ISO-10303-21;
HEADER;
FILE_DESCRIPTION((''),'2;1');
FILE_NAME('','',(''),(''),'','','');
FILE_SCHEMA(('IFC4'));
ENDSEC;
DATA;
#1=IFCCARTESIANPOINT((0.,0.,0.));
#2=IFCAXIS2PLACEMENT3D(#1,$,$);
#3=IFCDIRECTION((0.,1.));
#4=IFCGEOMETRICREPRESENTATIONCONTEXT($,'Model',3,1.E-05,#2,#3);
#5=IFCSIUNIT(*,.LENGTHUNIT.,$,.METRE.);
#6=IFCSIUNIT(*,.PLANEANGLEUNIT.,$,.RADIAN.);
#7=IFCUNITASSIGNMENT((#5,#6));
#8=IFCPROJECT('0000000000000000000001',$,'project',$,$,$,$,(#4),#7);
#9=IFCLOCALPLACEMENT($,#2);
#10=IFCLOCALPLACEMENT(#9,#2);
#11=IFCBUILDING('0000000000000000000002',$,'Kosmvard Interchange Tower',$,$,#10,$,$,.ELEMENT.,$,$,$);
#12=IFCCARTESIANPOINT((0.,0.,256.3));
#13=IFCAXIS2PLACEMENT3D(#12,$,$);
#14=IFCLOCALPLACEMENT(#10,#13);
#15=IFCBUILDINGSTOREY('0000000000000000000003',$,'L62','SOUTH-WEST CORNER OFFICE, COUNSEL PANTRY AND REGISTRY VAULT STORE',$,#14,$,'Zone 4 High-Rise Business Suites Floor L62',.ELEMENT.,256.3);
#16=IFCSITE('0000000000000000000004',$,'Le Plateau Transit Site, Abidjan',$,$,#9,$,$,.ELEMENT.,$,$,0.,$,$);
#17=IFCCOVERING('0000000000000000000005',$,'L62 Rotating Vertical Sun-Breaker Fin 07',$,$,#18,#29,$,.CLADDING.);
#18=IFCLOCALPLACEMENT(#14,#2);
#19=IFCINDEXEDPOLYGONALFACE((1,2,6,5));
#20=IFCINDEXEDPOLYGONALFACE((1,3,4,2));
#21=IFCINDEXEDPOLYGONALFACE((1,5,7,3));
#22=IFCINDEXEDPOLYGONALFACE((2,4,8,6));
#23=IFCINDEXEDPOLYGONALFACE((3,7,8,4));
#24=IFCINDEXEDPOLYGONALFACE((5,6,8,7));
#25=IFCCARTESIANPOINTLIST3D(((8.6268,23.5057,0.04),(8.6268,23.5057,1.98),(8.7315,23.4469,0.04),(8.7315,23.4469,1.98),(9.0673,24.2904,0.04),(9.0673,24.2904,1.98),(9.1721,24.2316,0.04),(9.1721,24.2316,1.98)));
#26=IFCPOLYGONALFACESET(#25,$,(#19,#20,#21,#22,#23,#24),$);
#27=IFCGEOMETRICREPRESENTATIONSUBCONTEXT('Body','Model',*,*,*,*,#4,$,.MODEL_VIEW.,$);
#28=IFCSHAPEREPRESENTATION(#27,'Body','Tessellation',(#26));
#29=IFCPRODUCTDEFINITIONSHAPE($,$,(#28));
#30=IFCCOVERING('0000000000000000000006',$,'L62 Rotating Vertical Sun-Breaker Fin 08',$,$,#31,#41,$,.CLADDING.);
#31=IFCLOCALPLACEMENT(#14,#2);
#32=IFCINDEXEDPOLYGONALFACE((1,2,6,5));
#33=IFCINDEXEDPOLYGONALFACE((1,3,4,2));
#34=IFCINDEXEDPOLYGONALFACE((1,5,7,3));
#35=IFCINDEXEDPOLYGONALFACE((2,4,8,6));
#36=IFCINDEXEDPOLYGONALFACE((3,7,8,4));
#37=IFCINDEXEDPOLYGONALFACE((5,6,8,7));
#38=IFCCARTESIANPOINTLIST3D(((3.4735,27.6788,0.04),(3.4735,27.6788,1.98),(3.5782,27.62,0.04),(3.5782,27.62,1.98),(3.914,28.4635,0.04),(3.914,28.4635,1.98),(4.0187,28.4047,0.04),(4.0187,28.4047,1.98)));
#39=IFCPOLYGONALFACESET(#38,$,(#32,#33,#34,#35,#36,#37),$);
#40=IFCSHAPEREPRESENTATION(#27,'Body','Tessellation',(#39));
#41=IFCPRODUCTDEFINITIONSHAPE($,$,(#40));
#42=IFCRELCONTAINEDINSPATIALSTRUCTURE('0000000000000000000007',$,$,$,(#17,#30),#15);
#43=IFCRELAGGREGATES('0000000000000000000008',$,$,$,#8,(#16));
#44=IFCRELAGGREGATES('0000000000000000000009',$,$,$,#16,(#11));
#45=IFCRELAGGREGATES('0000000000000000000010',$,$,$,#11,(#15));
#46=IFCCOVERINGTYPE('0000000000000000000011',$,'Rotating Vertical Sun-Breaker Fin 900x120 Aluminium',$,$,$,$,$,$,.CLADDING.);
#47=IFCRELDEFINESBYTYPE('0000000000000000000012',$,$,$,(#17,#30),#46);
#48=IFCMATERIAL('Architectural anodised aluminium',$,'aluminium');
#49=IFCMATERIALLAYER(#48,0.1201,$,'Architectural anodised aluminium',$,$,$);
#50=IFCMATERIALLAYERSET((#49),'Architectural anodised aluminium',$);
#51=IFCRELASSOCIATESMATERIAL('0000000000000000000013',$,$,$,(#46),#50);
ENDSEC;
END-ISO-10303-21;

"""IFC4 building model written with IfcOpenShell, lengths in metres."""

from ifc_helpers import new_model, si_unit, direction, frame, origin, origin_2d, place, context, subcontext, project, spatial, rectangle, extrude, source, transform, mapped, material, layer, layer_set, type_object, element, save


model = new_model("IFC4")

# Units and contexts
model_context = context("Model", 3, precision=1e-05, world=origin(), true_north=direction((0.0, 1.0)))
body_context = subcontext(model_context, "Body", "Model", "MODEL_VIEW")
ifc_project = project(units=[si_unit("LENGTHUNIT", "METRE"), si_unit("PLANEANGLEUNIT", "RADIAN")], contexts=[model_context])

# Site, building, storey
site_placement = place(None, origin())
site = spatial("IfcSite", under=ifc_project, at=site_placement, Name="Le Plateau Transit Site, Abidjan", CompositionType="ELEMENT", RefElevation=0.0)
building_placement = place(site_placement, origin())
building = spatial("IfcBuilding", under=site, at=building_placement, Name="Kosmvard Interchange Tower", CompositionType="ELEMENT")
storey_placement = place(building_placement, frame((0.0, 0.0, 256.3)))
storey = spatial("IfcBuildingStorey", under=building, at=storey_placement, Name="L62", Description="SOUTH-WEST CORNER OFFICE, COUNSEL PANTRY AND REGISTRY VAULT STORE", LongName="Zone 4 High-Rise Business Suites Floor L62", CompositionType="ELEMENT", Elevation=256.3)

# Coverings
ifc_material_1 = material(Name="Architectural anodised aluminium", Category="aluminium")
ifc_layer_1 = layer(ifc_material_1, 0.1201, Name="Architectural anodised aluminium")
ifc_layer_set_1 = layer_set([ifc_layer_1], Name="Architectural anodised aluminium")
covering_type = type_object("IfcCoveringType", Name="Rotating Vertical Sun-Breaker Fin 900x120 Aluminium", PredefinedType="CLADDING", material=ifc_layer_set_1)
shared_shape_1 = source(origin(), body_context, "Body", "SweptSolid", [
    extrude(rectangle(XDim=0.8999, YDim=0.1201, at=origin_2d()), origin(), (0.0, 0.0, 1.0), 1.9399),
])
for number, where, z_axis, x_axis, name in (
    (1, (8.8994, 23.8687, 0.04), (0.0, 0.0, 1.0), (0.489535, 0.871984, 0.0), "L62 Rotating Vertical Sun-Breaker Fin 07"),
    (2, (3.7461, 28.0417, 0.04), (0.0, 0.0, 1.0), (0.489535, 0.871984, 0.0), "L62 Rotating Vertical Sun-Breaker Fin 08"),
):
    element("IfcCovering", number, at=place(storey_placement, frame(where, z_axis=z_axis, x_axis=x_axis)), inside=storey, type_object=covering_type, Name=name, PredefinedType="CLADDING", context=body_context, shape_type="MappedRepresentation", body=[
        mapped(shared_shape_1, transform((0.0, 0.0, 0.0), scale=1.0)),
    ])

save(model, "model.ifc")
